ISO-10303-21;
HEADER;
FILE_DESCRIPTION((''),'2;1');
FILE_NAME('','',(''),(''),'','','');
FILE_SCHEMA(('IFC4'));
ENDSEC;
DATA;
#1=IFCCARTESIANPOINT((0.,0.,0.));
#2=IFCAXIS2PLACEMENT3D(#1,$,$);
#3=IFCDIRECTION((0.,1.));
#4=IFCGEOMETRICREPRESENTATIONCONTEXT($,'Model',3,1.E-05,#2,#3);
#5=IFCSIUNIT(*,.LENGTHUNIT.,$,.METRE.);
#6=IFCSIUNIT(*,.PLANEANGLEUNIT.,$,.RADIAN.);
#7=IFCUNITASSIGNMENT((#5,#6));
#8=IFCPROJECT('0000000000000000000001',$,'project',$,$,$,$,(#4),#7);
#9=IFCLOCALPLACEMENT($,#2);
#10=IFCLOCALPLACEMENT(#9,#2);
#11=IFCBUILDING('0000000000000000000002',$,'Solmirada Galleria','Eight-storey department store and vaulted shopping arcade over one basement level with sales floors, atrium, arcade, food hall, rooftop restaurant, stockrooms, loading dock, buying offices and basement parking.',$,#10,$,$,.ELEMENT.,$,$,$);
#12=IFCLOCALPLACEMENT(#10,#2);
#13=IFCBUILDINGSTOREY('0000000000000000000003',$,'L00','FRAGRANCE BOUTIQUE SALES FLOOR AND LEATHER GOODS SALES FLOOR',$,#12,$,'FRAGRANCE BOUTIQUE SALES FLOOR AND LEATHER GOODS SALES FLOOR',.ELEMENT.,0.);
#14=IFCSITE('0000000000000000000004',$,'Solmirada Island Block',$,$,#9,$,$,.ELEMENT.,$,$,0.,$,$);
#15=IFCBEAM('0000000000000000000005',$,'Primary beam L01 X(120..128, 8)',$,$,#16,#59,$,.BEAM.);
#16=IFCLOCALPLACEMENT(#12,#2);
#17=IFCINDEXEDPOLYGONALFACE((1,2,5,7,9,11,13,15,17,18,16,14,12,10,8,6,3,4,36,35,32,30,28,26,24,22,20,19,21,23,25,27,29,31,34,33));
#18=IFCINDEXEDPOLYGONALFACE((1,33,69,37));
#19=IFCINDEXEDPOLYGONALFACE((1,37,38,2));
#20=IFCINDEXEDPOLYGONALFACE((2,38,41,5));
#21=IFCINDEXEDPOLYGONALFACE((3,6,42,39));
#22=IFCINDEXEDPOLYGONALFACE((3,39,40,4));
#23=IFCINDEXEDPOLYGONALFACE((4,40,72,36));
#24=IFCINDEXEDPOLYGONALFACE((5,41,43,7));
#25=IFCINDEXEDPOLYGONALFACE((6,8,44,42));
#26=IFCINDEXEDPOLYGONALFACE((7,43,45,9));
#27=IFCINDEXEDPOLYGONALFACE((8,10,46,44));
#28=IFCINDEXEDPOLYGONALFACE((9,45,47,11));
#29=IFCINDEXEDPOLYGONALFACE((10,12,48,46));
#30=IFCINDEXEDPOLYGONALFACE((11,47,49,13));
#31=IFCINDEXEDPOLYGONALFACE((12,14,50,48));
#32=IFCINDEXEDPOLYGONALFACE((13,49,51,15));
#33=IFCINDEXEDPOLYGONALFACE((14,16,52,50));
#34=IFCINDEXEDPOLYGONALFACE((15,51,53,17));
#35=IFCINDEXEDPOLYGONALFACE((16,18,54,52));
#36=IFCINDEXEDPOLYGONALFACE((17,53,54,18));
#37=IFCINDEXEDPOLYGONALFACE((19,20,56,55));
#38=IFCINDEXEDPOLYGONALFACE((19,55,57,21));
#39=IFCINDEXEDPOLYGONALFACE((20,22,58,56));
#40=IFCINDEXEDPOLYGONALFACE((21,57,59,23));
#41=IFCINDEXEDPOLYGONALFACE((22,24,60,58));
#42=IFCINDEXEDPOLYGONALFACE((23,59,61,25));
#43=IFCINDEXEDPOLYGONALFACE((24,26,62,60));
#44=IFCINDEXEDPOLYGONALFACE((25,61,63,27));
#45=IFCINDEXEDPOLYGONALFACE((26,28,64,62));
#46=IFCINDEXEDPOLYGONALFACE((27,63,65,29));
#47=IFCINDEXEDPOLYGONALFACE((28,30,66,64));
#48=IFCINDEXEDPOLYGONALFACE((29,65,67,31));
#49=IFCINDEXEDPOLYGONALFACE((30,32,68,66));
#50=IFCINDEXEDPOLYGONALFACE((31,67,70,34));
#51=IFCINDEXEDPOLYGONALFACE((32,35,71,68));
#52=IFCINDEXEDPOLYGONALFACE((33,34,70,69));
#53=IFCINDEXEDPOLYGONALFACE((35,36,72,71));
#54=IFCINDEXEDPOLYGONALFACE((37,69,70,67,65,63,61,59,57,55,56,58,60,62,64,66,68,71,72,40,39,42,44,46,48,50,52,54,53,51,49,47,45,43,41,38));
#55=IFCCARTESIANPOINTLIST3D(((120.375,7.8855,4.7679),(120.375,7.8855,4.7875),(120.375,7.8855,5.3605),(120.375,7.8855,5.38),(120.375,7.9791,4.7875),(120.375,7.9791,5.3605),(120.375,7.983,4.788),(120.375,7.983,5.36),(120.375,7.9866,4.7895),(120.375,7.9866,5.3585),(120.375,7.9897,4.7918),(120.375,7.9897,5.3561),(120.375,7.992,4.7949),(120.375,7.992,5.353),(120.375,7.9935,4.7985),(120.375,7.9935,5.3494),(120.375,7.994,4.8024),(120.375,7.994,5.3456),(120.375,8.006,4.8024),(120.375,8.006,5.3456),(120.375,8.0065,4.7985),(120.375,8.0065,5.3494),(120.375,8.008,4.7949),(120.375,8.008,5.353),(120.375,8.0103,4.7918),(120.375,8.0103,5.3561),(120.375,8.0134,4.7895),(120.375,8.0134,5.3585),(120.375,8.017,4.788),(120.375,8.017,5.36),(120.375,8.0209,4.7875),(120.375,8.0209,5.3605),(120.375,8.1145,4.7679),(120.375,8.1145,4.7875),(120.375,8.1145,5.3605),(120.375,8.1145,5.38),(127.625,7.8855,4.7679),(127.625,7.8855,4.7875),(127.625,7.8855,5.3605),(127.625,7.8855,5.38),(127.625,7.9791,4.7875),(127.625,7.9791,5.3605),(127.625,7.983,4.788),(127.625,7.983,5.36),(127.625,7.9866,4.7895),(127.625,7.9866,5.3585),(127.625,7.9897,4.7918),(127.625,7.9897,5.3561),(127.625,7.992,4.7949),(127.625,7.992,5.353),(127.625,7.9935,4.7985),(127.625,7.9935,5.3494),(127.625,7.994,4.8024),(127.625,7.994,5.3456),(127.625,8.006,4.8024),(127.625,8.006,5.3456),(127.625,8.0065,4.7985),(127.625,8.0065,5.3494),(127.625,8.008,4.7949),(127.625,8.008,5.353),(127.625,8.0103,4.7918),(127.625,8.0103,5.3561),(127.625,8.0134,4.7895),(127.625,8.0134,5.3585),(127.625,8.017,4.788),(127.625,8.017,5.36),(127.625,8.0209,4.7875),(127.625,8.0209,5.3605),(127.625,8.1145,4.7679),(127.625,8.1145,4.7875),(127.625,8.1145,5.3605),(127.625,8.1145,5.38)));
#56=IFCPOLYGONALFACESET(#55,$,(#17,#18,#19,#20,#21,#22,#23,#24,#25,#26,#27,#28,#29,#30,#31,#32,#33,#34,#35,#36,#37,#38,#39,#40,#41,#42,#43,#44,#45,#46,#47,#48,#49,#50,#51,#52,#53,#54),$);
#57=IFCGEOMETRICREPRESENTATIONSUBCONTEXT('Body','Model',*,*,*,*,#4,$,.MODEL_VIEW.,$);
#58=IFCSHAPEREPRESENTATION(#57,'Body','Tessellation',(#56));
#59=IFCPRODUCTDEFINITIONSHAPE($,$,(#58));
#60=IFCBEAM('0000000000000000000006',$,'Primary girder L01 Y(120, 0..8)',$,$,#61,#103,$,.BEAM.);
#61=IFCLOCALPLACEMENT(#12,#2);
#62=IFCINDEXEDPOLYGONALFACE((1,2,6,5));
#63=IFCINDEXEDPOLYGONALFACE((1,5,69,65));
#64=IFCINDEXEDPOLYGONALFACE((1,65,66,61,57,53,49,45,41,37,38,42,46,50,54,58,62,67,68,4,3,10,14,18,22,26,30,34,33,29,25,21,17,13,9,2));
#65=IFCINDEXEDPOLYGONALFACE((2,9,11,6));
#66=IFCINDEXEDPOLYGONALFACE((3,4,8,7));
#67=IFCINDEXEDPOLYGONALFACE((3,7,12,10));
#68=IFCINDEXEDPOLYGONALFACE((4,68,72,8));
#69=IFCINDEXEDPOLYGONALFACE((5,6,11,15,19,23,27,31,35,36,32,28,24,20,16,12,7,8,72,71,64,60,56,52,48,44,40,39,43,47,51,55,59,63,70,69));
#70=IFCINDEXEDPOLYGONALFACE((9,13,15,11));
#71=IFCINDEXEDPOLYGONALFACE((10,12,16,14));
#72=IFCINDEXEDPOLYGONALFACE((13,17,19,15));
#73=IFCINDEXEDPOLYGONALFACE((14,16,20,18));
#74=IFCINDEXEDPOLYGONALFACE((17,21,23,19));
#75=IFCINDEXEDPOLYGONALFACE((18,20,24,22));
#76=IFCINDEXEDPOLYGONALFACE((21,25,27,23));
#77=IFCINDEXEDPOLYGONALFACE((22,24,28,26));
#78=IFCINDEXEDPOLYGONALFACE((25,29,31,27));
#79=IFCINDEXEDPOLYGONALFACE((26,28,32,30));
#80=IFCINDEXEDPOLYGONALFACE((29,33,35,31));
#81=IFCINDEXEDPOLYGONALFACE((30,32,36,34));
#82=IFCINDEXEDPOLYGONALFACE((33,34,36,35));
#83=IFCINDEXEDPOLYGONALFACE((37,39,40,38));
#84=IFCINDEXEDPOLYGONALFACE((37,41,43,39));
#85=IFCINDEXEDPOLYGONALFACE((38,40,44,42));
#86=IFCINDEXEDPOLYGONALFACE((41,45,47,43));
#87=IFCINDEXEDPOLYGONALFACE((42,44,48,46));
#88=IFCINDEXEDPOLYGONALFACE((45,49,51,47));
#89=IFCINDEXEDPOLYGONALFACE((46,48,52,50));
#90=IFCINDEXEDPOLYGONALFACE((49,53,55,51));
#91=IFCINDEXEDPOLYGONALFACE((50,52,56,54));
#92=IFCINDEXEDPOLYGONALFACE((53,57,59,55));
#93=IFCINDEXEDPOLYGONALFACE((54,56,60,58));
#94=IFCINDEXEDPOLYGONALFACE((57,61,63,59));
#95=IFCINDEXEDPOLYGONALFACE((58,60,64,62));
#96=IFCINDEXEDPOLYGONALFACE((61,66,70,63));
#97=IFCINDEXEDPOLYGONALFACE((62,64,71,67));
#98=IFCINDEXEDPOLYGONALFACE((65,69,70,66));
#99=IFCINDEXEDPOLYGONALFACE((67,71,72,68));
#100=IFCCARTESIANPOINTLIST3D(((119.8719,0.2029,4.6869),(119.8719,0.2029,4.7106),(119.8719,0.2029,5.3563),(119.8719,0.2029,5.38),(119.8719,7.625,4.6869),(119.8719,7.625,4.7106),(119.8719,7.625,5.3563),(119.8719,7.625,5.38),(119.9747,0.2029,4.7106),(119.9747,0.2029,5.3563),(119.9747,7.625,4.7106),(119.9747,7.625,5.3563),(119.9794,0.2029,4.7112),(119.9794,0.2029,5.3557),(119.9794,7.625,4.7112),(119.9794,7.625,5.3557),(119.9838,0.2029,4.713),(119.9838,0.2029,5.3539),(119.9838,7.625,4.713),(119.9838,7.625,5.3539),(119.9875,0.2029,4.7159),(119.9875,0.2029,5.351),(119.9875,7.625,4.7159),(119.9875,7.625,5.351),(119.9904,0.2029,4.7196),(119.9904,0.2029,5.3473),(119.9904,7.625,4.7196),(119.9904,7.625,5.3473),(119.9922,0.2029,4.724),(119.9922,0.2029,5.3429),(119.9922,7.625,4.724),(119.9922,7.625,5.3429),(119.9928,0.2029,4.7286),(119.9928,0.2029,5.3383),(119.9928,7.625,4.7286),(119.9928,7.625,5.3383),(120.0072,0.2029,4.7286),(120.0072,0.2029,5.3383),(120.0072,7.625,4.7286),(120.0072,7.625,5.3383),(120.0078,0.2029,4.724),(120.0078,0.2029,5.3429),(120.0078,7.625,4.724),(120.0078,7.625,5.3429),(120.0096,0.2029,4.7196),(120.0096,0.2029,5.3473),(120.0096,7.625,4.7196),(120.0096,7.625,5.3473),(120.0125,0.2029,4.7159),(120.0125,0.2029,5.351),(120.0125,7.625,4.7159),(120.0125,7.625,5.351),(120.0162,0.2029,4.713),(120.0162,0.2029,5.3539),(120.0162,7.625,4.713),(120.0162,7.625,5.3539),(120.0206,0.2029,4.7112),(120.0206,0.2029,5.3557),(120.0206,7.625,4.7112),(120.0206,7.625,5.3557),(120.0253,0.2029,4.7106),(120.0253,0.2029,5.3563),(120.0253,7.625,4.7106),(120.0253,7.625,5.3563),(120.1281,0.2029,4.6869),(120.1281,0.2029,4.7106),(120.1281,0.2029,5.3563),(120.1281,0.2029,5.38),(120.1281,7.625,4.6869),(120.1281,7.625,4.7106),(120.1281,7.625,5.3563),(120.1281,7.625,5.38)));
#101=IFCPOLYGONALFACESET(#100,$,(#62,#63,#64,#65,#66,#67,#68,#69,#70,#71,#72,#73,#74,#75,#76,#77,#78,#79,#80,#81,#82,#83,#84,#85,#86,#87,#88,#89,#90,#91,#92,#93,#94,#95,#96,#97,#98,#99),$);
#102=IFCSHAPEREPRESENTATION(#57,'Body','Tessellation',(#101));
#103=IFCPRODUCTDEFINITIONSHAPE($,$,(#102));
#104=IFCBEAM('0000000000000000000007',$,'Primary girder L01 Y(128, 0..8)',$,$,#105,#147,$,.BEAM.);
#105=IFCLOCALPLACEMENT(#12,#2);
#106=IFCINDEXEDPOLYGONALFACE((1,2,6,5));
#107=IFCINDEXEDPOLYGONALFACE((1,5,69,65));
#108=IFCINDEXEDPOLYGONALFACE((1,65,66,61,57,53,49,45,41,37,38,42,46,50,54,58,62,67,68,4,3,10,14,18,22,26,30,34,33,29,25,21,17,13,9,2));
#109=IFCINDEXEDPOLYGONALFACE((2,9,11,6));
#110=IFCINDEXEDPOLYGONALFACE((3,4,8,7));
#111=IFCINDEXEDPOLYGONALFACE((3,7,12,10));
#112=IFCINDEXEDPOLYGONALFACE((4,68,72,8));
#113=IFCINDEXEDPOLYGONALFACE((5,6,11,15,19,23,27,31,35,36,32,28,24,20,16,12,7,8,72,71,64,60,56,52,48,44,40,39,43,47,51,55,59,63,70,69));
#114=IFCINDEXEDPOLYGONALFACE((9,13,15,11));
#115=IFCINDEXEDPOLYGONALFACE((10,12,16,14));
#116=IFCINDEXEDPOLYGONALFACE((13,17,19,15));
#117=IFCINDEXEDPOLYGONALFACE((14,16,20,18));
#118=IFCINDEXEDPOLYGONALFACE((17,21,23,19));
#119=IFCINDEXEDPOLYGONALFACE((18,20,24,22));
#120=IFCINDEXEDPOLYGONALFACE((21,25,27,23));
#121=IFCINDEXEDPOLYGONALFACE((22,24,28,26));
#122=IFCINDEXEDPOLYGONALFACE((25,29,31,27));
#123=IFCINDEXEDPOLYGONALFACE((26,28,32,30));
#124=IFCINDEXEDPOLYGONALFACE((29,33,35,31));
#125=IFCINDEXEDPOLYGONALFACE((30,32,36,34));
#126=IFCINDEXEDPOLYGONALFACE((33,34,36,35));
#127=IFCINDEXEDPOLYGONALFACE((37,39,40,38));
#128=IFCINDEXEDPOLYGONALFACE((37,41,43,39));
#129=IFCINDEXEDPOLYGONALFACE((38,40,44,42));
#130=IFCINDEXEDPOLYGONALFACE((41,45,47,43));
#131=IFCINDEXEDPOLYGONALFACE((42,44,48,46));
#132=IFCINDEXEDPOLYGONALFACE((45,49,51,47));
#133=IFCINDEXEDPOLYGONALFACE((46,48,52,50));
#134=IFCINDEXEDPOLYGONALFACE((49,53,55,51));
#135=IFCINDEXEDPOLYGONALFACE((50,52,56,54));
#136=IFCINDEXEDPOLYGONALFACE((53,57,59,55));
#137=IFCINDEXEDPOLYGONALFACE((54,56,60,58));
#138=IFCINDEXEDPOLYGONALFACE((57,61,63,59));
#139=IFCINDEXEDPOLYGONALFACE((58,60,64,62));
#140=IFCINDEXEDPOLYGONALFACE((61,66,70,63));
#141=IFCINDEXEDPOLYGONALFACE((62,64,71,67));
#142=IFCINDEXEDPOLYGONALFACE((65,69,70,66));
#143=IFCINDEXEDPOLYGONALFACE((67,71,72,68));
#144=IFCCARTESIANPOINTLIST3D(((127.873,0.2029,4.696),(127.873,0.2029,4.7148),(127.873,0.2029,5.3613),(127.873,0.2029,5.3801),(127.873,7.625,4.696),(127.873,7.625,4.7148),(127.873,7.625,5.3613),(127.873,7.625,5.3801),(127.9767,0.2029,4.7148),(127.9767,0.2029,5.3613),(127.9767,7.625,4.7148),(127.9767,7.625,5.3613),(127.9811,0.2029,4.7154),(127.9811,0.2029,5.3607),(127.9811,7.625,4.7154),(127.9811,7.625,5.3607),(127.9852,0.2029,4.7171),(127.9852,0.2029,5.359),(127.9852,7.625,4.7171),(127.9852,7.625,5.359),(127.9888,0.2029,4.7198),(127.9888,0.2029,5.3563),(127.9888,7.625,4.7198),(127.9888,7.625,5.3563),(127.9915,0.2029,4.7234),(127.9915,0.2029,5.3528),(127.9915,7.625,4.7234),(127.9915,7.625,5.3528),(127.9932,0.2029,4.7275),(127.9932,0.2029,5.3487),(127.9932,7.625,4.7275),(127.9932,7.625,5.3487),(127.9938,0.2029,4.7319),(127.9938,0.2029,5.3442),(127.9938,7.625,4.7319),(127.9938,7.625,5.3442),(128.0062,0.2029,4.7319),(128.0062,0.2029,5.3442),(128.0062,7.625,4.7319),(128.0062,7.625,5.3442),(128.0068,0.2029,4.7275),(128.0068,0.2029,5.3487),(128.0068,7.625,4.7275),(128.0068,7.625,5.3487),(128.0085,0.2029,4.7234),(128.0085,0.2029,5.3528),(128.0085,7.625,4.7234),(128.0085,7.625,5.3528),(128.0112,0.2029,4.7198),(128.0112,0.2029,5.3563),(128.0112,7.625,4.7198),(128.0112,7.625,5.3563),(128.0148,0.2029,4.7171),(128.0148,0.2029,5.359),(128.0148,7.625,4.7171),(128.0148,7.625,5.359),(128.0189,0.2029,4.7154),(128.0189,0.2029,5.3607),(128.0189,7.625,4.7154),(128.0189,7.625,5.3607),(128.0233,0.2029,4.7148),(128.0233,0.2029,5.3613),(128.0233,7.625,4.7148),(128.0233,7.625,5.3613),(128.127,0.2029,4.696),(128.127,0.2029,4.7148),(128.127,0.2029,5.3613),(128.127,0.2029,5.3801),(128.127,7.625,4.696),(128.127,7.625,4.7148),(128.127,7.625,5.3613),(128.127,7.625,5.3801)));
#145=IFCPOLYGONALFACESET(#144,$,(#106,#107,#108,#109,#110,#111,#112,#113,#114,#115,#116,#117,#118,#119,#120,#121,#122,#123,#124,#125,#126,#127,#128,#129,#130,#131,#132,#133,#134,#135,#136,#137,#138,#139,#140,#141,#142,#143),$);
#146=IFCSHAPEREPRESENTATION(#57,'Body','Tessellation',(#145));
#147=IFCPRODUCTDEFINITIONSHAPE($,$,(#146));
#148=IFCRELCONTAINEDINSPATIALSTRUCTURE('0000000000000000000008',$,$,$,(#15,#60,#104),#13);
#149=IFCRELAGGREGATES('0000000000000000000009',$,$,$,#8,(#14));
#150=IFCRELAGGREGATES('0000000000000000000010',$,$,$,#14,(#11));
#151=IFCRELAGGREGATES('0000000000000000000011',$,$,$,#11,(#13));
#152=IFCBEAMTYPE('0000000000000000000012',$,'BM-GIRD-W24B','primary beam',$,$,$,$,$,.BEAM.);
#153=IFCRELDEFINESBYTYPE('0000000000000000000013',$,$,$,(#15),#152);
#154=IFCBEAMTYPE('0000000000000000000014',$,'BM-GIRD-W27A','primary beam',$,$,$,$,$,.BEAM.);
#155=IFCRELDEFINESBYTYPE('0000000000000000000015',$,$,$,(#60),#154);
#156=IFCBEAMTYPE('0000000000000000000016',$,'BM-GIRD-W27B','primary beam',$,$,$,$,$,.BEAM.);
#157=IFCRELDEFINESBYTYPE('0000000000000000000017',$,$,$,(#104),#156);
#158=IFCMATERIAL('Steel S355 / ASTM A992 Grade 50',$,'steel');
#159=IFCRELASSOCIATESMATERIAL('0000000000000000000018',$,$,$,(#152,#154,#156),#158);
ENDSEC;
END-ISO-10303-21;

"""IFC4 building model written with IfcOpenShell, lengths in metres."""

from ifc_helpers import new_model, si_unit, direction, frame, origin, origin_2d, place, context, subcontext, project, spatial, i_section, extrude, material, material_profile, profile_set, type_object, element, save


model = new_model("IFC4")

# Units and contexts
model_context = context("Model", 3, precision=1e-05, world=origin(), true_north=direction((0.0, 1.0)))
body_context = subcontext(model_context, "Body", "Model", "MODEL_VIEW")
ifc_project = project(units=[si_unit("LENGTHUNIT", "METRE"), si_unit("PLANEANGLEUNIT", "RADIAN")], contexts=[model_context])

# Site, building, storey
site_placement = place(None, origin())
site = spatial("IfcSite", under=ifc_project, at=site_placement, Name="Solmirada Island Block", CompositionType="ELEMENT", RefElevation=0.0)
building_placement = place(site_placement, origin())
building = spatial("IfcBuilding", under=site, at=building_placement, Name="Solmirada Galleria", Description="Eight-storey department store and vaulted shopping arcade over one basement level with sales floors, atrium, arcade, food hall, rooftop restaurant, stockrooms, loading dock, buying offices and basement parking.", CompositionType="ELEMENT")
storey_placement = place(building_placement, origin())
storey = spatial("IfcBuildingStorey", under=building, at=storey_placement, Name="L00", Description="FRAGRANCE BOUTIQUE SALES FLOOR AND LEATHER GOODS SALES FLOOR", LongName="FRAGRANCE BOUTIQUE SALES FLOOR AND LEATHER GOODS SALES FLOOR", CompositionType="ELEMENT", Elevation=0.0)

# Beams
ifc_material_1 = material(Name="Steel S355 / ASTM A992 Grade 50", Category="steel")
ifc_material_profile_1 = material_profile(ifc_material_1, i_section(OverallWidth=0.229, OverallDepth=0.6121, WebThickness=0.012, FlangeThickness=0.0195, FilletRadius=0.0149, at=origin_2d()), Name="W24X84")
ifc_profile_set_1 = profile_set([ifc_material_profile_1], Name="Steel S355 / ASTM A992 Grade 50")
beam_type_1 = type_object("IfcBeamType", Name="BM-GIRD-W24B", Description="primary beam", PredefinedType="BEAM", material=ifc_profile_set_1)
beam_1_placement = place(storey_placement, frame((120.375, 8.0, 5.074), z_axis=(1.0, 0.0, 0.0), x_axis=(0.0, 1.0, 0.0)))
element("IfcBeam", 1, at=beam_1_placement, inside=storey, type_object=beam_type_1, Name="Primary beam L01 X(120..128, 8)", PredefinedType="BEAM", context=body_context, shape_type="SweptSolid", body=[
    extrude(i_section(OverallWidth=0.229, OverallDepth=0.6121, WebThickness=0.012, FlangeThickness=0.0195, FilletRadius=0.0149, at=origin_2d()), origin(), (0.0, 0.0, 1.0), 7.25),
])
ifc_material_profile_2 = material_profile(ifc_material_1, i_section(OverallWidth=0.2561, OverallDepth=0.6931, WebThickness=0.0144, FlangeThickness=0.0237, FilletRadius=0.0181, at=origin_2d()), Name="W27X114")
ifc_profile_set_2 = profile_set([ifc_material_profile_2], Name="Steel S355 / ASTM A992 Grade 50")
beam_type_2 = type_object("IfcBeamType", Name="BM-GIRD-W27A", Description="primary beam", PredefinedType="BEAM", material=ifc_profile_set_2)
beam_2_placement = place(storey_placement, frame((120.0, 0.2029, 5.0334), z_axis=(0.0, 1.0, 0.0), x_axis=(-1.0, 0.0, 0.0)))
element("IfcBeam", 2, at=beam_2_placement, inside=storey, type_object=beam_type_2, Name="Primary girder L01 Y(120, 0..8)", PredefinedType="BEAM", context=body_context, shape_type="SweptSolid", body=[
    extrude(i_section(OverallWidth=0.2561, OverallDepth=0.6931, WebThickness=0.0144, FlangeThickness=0.0237, FilletRadius=0.0181, at=origin_2d()), origin(), (0.0, 0.0, 1.0), 7.4221),
])
ifc_material_profile_3 = material_profile(ifc_material_1, i_section(OverallWidth=0.2539, OverallDepth=0.6841, WebThickness=0.0125, FlangeThickness=0.0188, FilletRadius=0.0171, at=origin_2d()), Name="W27X94")
ifc_profile_set_3 = profile_set([ifc_material_profile_3], Name="Steel S355 / ASTM A992 Grade 50")
beam_type_3 = type_object("IfcBeamType", Name="BM-GIRD-W27B", Description="primary beam", PredefinedType="BEAM", material=ifc_profile_set_3)
beam_3_placement = place(storey_placement, frame((128.0, 0.2029, 5.0381), z_axis=(0.0, 1.0, 0.0), x_axis=(-1.0, 0.0, 0.0)))
element("IfcBeam", 3, at=beam_3_placement, inside=storey, type_object=beam_type_3, Name="Primary girder L01 Y(128, 0..8)", PredefinedType="BEAM", context=body_context, shape_type="SweptSolid", body=[
    extrude(i_section(OverallWidth=0.2539, OverallDepth=0.6841, WebThickness=0.0125, FlangeThickness=0.0188, FilletRadius=0.0171, at=origin_2d()), origin(), (0.0, 0.0, 1.0), 7.4221),
])

save(model, "model.ifc")
